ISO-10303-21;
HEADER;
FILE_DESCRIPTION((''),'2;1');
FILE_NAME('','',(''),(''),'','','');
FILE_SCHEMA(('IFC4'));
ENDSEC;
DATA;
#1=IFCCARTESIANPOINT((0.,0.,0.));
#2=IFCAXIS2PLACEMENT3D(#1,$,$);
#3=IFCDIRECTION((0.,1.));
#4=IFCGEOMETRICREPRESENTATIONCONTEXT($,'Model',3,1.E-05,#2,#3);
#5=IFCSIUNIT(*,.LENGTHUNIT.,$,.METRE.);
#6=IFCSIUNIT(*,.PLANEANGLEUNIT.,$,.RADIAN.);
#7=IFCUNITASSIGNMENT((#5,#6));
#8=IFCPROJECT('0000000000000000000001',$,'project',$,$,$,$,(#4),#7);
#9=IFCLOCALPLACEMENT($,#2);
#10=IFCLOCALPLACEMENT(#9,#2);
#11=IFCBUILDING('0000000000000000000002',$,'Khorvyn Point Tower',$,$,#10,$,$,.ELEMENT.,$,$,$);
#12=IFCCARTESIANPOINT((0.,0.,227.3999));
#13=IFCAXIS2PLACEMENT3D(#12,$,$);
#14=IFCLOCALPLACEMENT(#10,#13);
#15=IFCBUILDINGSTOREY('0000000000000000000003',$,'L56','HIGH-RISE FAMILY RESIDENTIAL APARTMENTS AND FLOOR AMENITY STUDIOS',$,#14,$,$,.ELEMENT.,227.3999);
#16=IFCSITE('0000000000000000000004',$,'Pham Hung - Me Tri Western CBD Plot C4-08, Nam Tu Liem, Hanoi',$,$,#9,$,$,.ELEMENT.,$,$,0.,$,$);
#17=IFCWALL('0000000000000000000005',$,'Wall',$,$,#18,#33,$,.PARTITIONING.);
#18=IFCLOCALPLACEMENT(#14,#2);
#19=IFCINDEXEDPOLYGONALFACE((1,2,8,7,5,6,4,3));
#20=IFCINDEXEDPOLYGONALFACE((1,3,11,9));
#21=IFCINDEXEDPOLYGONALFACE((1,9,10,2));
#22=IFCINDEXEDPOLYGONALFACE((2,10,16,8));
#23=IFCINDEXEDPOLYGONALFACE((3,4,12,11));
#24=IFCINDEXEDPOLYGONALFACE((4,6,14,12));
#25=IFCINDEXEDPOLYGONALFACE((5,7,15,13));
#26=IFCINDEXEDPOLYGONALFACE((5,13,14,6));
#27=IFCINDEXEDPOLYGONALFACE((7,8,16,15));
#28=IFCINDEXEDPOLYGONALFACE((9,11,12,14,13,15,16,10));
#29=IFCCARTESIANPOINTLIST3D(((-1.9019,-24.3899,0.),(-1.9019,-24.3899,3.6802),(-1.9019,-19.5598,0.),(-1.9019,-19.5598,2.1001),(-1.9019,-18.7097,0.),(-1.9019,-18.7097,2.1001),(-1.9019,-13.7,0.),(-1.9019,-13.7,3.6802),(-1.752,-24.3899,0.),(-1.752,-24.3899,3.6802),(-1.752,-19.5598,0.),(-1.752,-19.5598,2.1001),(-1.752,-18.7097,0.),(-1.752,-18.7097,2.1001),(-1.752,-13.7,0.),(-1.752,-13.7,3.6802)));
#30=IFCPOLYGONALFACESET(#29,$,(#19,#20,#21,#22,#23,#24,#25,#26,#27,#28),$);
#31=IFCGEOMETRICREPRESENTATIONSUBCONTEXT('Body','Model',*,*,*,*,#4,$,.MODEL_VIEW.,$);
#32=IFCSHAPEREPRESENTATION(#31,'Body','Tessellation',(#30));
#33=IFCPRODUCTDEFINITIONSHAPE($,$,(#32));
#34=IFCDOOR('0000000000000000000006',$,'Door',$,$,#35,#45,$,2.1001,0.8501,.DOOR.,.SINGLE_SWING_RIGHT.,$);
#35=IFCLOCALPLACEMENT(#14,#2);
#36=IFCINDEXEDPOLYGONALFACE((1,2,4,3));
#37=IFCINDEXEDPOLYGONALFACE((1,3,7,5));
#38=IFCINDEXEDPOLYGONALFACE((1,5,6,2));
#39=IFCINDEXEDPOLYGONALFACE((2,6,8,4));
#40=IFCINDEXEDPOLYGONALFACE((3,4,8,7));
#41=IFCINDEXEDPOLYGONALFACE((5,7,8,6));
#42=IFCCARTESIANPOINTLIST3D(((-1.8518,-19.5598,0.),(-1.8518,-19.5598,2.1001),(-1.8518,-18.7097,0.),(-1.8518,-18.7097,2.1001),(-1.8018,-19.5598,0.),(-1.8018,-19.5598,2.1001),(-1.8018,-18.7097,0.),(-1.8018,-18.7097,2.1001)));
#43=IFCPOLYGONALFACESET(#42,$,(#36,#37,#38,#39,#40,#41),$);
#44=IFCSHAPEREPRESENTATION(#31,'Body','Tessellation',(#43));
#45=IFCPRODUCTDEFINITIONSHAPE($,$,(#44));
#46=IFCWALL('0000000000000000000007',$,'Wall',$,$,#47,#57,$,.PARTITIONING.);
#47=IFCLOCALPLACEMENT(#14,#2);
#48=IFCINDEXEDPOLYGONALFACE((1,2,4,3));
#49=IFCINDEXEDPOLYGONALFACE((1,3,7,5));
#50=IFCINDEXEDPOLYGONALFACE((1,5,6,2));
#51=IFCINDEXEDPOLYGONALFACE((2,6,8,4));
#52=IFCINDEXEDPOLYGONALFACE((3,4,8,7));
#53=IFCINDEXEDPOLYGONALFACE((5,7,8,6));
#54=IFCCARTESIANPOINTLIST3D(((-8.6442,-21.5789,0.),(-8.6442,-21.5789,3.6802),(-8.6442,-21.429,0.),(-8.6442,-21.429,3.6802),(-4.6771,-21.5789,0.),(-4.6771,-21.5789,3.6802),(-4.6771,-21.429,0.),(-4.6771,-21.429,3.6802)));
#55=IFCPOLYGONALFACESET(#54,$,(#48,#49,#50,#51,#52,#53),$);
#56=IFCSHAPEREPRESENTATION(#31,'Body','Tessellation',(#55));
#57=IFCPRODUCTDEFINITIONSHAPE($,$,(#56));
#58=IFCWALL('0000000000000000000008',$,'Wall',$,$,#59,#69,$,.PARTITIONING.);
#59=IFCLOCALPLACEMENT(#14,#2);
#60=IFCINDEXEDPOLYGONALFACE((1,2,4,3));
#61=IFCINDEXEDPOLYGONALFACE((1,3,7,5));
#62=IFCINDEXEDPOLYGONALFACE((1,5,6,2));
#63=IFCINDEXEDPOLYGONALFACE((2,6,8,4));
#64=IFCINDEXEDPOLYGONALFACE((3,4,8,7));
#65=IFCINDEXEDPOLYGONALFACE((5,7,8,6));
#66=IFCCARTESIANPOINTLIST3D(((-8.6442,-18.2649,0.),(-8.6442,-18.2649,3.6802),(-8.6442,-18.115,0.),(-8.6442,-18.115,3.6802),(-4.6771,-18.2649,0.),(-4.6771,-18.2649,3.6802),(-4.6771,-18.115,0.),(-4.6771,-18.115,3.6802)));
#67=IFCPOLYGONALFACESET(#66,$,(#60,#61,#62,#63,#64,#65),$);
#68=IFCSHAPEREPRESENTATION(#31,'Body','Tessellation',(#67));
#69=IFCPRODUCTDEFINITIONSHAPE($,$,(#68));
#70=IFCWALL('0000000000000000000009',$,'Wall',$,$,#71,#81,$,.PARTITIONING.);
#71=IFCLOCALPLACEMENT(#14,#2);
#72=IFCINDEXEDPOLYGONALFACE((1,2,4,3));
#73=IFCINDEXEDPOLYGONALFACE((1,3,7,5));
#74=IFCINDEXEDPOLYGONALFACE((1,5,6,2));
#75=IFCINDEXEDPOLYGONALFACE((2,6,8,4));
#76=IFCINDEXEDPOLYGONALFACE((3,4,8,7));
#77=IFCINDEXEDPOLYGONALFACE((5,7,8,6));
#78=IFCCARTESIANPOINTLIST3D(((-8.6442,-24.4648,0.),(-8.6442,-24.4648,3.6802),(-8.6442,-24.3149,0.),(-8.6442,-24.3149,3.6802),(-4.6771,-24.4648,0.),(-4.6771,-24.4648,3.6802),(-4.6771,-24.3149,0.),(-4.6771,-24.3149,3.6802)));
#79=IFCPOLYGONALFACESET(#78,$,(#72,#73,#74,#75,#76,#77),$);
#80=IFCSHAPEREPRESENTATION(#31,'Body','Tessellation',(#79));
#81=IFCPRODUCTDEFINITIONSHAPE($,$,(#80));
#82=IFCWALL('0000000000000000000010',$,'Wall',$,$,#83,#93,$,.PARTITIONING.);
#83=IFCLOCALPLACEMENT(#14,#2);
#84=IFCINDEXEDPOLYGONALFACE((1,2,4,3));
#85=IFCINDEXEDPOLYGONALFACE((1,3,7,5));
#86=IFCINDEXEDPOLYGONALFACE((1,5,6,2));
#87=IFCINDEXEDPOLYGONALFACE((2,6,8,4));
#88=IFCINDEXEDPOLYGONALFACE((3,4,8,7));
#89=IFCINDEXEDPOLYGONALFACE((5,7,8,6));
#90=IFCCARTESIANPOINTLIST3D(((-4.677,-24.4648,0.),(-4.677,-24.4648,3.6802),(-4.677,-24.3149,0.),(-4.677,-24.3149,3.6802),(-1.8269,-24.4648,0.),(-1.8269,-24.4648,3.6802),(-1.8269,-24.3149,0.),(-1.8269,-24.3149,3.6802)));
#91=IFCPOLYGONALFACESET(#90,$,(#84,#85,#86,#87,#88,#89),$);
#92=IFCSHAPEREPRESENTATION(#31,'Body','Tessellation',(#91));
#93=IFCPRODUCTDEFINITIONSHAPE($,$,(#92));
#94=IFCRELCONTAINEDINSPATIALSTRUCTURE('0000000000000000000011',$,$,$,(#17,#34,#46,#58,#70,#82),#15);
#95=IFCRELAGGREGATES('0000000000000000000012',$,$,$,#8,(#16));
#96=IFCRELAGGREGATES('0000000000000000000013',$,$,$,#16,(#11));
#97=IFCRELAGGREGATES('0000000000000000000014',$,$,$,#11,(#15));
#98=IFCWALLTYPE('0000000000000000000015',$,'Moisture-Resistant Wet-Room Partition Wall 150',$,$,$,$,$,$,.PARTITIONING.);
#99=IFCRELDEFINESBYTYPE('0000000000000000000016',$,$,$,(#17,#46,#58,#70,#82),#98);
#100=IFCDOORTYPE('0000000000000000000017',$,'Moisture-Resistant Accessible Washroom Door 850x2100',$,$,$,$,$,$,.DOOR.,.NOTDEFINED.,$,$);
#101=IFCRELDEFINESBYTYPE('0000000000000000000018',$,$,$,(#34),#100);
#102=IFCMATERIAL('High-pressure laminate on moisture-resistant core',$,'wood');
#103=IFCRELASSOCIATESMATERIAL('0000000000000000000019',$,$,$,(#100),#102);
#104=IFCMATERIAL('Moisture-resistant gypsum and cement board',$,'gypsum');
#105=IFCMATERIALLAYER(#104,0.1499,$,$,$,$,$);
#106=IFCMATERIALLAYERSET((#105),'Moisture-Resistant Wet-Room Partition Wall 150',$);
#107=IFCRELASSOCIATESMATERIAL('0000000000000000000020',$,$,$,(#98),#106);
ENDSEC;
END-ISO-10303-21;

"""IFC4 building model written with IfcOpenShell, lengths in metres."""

from ifc_helpers import new_model, si_unit, direction, frame, frame_2d, origin, place, context, subcontext, project, spatial, rectangle, extrude, material, layer, layer_set, type_object, element, fill, save


model = new_model("IFC4")

# Units and contexts
model_context = context("Model", 3, precision=1e-05, world=origin(), true_north=direction((0.0, 1.0)))
body_context = subcontext(model_context, "Body", "Model", "MODEL_VIEW")
ifc_project = project(units=[si_unit("LENGTHUNIT", "METRE"), si_unit("PLANEANGLEUNIT", "RADIAN")], contexts=[model_context])

# Site, building, storey
site_placement = place(None, origin())
site = spatial("IfcSite", under=ifc_project, at=site_placement, Name="Pham Hung - Me Tri Western CBD Plot C4-08, Nam Tu Liem, Hanoi", CompositionType="ELEMENT", RefElevation=0.0)
building_placement = place(site_placement, origin())
building = spatial("IfcBuilding", under=site, at=building_placement, Name="Khorvyn Point Tower", CompositionType="ELEMENT")
storey_placement = place(building_placement, frame((0.0, 0.0, 227.3999)))
storey = spatial("IfcBuildingStorey", under=building, at=storey_placement, Name="L56", Description="HIGH-RISE FAMILY RESIDENTIAL APARTMENTS AND FLOOR AMENITY STUDIOS", CompositionType="ELEMENT", Elevation=227.3999)

# Wall, opening, door
ifc_material_1 = material(Name="High-pressure laminate on moisture-resistant core", Category="wood")
door_type_1 = type_object("IfcDoorType", Name="Moisture-Resistant Accessible Washroom Door 850x2100", OperationType="NOTDEFINED", PredefinedType="DOOR", material=ifc_material_1)
ifc_material_2 = material(Name="Moisture-resistant gypsum and cement board", Category="gypsum")
ifc_layer_1 = layer(ifc_material_2, 0.1499)
ifc_layer_set_1 = layer_set([ifc_layer_1], Name="Moisture-Resistant Wet-Room Partition Wall 150")
wall_type_1 = type_object("IfcWallType", Name="Moisture-Resistant Wet-Room Partition Wall 150", PredefinedType="PARTITIONING", material=ifc_layer_set_1)
wall_1_placement = place(storey_placement, frame((-1.8269, -24.3899, 0.0), z_axis=(0.0, 0.0, 1.0), x_axis=(0.0, 1.0, 0.0)))
wall_1 = element("IfcWall", 1, at=wall_1_placement, inside=storey, type_object=wall_type_1, Name="Wall", PredefinedType="PARTITIONING", context=body_context, shape_type="SweptSolid", body=[
    extrude(rectangle(XDim=10.6899, YDim=0.1499, at=frame_2d((5.345, 0.0))), origin(), (0.0, 0.0, 1.0), 3.6802),
])
opening_1_placement = place(wall_1_placement, frame((4.8301, 0.0, 0.0)))
opening_1 = element("IfcOpeningElement", 2, at=opening_1_placement, cuts=wall_1, PredefinedType="OPENING", context=body_context, shape_type="SweptSolid", body=[
    extrude(rectangle(XDim=0.8501, YDim=2.1001, at=frame_2d((0.425, 1.05))), frame((0.0, 0.085, 0.0), z_axis=(0.0, -1.0, 0.0), x_axis=(1.0, 0.0, 0.0)), (0.0, 0.0, 1.0), 0.1699),
])
door_1_placement = place(opening_1_placement, origin())
door_1 = element("IfcDoor", 3, at=door_1_placement, inside=storey, type_object=door_type_1, Name="Door", OperationType="SINGLE_SWING_RIGHT", OverallHeight=2.1001, OverallWidth=0.8501, PredefinedType="DOOR", context=body_context, shape_type="SweptSolid", body=[
    extrude(rectangle(XDim=0.8501, YDim=2.1001, at=frame_2d((0.425, 1.05))), frame((0.0, 0.0249, 0.0), z_axis=(0.0, -1.0, 0.0), x_axis=(1.0, 0.0, 0.0)), (0.0, 0.0, 1.0), 0.05),
])
fill(opening_1, door_1)

# Walls
for number, where, z_axis, x_axis, name in (
    (4, (-8.644, -21.5039, 0.0), (0.0, 0.0, 1.0), (1.0, 0.0, 0.0), "Wall"),
    (5, (-8.644, -18.1899, 0.0), (0.0, 0.0, 1.0), (1.0, 0.0, 0.0), "Wall"),
    (6, (-8.644, -24.3899, 0.0), (0.0, 0.0, 1.0), (1.0, 0.0, 0.0), "Wall"),
):
    element("IfcWall", number, at=place(storey_placement, frame(where, z_axis=z_axis, x_axis=x_axis)), inside=storey, type_object=wall_type_1, Name=name, PredefinedType="PARTITIONING", context=body_context, shape_type="SweptSolid", body=[
        extrude(rectangle(XDim=3.967, YDim=0.1499, at=frame_2d((1.9834, 0.0))), origin(), (0.0, 0.0, 1.0), 3.6802),
    ])
wall_2_placement = place(storey_placement, frame((-4.677, -24.3899, 0.0), z_axis=(0.0, 0.0, 1.0), x_axis=(1.0, 0.0, 0.0)))
element("IfcWall", 7, at=wall_2_placement, inside=storey, type_object=wall_type_1, Name="Wall", PredefinedType="PARTITIONING", context=body_context, shape_type="SweptSolid", body=[
    extrude(rectangle(XDim=2.8501, YDim=0.1499, at=frame_2d((1.425, 0.0))), origin(), (0.0, 0.0, 1.0), 3.6802),
])

save(model, "model.ifc")
